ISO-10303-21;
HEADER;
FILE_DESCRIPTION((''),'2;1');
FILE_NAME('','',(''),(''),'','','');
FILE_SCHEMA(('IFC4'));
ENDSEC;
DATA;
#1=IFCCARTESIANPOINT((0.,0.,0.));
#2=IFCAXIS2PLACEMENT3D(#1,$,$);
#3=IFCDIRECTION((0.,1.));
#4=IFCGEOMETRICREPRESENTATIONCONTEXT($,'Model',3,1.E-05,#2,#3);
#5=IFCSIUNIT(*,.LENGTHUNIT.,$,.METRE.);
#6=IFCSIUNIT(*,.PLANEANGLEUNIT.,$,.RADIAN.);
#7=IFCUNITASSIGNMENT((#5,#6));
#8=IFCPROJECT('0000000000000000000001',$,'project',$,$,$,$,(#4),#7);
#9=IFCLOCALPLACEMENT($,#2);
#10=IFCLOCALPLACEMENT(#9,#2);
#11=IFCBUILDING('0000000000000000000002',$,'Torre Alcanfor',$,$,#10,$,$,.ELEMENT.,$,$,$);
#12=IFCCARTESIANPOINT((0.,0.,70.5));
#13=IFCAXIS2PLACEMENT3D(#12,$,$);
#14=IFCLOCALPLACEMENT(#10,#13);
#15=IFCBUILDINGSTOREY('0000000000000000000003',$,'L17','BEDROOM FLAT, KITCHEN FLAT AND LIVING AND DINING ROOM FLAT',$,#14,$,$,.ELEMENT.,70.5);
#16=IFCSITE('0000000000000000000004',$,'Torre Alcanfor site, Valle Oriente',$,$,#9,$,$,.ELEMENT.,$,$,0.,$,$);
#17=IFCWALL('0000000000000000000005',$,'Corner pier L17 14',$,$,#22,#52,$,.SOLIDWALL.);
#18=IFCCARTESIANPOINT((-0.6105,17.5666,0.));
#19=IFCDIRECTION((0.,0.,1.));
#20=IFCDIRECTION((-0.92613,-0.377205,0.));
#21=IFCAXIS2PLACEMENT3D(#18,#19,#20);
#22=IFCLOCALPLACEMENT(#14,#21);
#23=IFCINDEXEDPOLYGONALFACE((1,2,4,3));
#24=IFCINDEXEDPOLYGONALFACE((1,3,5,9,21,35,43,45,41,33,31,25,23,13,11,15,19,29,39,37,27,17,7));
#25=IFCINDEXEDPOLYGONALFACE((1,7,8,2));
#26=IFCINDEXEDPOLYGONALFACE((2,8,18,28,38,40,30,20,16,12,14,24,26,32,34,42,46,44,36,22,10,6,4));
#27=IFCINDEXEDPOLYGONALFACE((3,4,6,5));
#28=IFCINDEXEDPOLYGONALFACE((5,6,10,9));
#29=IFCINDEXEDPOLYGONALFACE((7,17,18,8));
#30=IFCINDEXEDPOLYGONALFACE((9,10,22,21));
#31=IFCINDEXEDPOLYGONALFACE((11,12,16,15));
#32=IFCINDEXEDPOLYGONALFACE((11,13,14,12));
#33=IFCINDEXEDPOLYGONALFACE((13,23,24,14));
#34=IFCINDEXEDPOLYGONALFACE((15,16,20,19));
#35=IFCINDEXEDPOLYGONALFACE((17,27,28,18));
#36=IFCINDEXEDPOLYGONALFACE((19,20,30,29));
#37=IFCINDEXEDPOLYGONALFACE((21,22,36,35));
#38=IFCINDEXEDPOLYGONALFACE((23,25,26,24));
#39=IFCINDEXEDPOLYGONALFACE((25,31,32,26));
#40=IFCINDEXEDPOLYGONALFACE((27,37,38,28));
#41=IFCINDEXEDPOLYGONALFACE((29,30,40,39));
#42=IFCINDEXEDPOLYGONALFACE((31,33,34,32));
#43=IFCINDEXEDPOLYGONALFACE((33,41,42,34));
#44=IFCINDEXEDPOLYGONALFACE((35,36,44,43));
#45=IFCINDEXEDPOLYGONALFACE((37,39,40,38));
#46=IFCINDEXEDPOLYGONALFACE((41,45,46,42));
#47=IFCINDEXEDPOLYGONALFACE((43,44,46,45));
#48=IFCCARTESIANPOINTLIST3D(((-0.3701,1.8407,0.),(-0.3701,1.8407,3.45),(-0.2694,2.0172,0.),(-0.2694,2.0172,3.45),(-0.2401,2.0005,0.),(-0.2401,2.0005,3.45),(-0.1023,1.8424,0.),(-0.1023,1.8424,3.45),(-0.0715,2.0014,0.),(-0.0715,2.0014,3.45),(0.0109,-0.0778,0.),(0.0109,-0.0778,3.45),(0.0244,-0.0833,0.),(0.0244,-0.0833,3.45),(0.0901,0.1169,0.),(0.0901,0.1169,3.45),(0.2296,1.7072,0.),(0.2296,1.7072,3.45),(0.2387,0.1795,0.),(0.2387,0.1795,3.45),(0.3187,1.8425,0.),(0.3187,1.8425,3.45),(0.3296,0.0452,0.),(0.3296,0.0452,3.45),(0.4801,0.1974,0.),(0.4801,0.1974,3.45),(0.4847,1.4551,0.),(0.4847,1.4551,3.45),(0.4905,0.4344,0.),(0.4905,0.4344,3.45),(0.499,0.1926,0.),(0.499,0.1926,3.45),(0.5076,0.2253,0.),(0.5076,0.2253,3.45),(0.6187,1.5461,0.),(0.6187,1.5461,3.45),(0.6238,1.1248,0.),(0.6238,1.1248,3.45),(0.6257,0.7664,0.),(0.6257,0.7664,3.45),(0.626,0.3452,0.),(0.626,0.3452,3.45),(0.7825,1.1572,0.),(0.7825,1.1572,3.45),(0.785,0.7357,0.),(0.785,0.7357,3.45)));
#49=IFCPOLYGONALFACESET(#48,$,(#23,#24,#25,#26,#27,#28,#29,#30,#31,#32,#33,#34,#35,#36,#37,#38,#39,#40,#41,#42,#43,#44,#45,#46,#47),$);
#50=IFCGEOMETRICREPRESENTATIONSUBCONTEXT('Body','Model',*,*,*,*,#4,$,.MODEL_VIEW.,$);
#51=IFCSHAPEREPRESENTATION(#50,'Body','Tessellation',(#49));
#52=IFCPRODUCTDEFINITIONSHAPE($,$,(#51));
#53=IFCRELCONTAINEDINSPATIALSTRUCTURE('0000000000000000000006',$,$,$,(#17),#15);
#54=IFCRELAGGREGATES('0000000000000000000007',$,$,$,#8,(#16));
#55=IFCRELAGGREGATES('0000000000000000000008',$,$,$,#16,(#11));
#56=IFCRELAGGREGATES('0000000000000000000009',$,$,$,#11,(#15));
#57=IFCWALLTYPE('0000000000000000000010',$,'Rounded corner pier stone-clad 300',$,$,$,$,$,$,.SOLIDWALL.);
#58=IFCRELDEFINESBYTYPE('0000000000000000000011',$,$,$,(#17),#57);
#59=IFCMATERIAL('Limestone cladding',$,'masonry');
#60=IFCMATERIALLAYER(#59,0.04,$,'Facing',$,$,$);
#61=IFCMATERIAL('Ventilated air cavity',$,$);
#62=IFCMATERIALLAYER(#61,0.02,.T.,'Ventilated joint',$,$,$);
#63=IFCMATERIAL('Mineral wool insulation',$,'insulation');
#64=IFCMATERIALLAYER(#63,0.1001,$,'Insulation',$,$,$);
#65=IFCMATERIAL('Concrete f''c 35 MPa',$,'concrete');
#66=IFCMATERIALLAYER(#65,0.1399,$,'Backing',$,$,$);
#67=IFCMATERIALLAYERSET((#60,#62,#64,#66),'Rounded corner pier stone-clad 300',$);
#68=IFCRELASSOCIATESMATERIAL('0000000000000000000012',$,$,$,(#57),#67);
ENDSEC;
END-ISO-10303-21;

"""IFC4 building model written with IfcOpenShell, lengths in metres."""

from ifc_helpers import new_model, si_unit, direction, frame, origin, place, context, subcontext, project, spatial, polyline, outline, extrude, material, layer, layer_set, type_object, element, save


model = new_model("IFC4")

# Units and contexts
model_context = context("Model", 3, precision=1e-05, world=origin(), true_north=direction((0.0, 1.0)))
body_context = subcontext(model_context, "Body", "Model", "MODEL_VIEW")
ifc_project = project(units=[si_unit("LENGTHUNIT", "METRE"), si_unit("PLANEANGLEUNIT", "RADIAN")], contexts=[model_context])

# Site, building, storey
site_placement = place(None, origin())
site = spatial("IfcSite", under=ifc_project, at=site_placement, Name="Torre Alcanfor site, Valle Oriente", CompositionType="ELEMENT", RefElevation=0.0)
building_placement = place(site_placement, origin())
building = spatial("IfcBuilding", under=site, at=building_placement, Name="Torre Alcanfor", CompositionType="ELEMENT")
storey_placement = place(building_placement, frame((0.0, 0.0, 70.5)))
storey = spatial("IfcBuildingStorey", under=building, at=storey_placement, Name="L17", Description="BEDROOM FLAT, KITCHEN FLAT AND LIVING AND DINING ROOM FLAT", CompositionType="ELEMENT", Elevation=70.5)

# Wall
ifc_material_1 = material(Name="Limestone cladding", Category="masonry")
ifc_layer_1 = layer(ifc_material_1, 0.04, Name="Facing")
ifc_material_2 = material(Name="Ventilated air cavity")
ifc_layer_2 = layer(ifc_material_2, 0.02, ventilated=True, Name="Ventilated joint")
ifc_material_3 = material(Name="Mineral wool insulation", Category="insulation")
ifc_layer_3 = layer(ifc_material_3, 0.1001, Name="Insulation")
ifc_material_4 = material(Name="Concrete f'c 35 MPa", Category="concrete")
ifc_layer_4 = layer(ifc_material_4, 0.1399, Name="Backing")
ifc_layer_set_1 = layer_set([ifc_layer_1, ifc_layer_2, ifc_layer_3, ifc_layer_4], Name="Rounded corner pier stone-clad 300")
wall_type_1 = type_object("IfcWallType", Name="Rounded corner pier stone-clad 300", PredefinedType="SOLIDWALL", material=ifc_layer_set_1)
wall_1_placement = place(storey_placement, frame((-0.6105, 17.5666, 0.0), z_axis=(0.0, 0.0, 1.0), x_axis=(-0.92613, -0.377205, 0.0)))
element("IfcWall", 1, at=wall_1_placement, inside=storey, type_object=wall_type_1, Name="Corner pier L17 14", PredefinedType="SOLIDWALL", context=body_context, shape_type="SweptSolid", body=[
    extrude(outline(polyline([(-0.2694, 2.0172), (-0.3701, 1.8407), (-0.1023, 1.8424), (0.2296, 1.7072), (0.4847, 1.4551), (0.6238, 1.1248), (0.6257, 0.7664), (0.4905, 0.4344), (0.2387, 0.1795), (0.0901, 0.1169), (0.0109, -0.0778), (0.0244, -0.0833), (0.3296, 0.0452), (0.4801, 0.1974), (0.499, 0.1926), (0.5076, 0.2253), (0.626, 0.3452), (0.785, 0.7357), (0.7825, 1.1572), (0.6187, 1.5461), (0.3187, 1.8425), (-0.0715, 2.0014), (-0.2401, 2.0005), (-0.2694, 2.0172)])), origin(), (0.0, 0.0, 1.0), 3.45),
])

save(model, "model.ifc")
